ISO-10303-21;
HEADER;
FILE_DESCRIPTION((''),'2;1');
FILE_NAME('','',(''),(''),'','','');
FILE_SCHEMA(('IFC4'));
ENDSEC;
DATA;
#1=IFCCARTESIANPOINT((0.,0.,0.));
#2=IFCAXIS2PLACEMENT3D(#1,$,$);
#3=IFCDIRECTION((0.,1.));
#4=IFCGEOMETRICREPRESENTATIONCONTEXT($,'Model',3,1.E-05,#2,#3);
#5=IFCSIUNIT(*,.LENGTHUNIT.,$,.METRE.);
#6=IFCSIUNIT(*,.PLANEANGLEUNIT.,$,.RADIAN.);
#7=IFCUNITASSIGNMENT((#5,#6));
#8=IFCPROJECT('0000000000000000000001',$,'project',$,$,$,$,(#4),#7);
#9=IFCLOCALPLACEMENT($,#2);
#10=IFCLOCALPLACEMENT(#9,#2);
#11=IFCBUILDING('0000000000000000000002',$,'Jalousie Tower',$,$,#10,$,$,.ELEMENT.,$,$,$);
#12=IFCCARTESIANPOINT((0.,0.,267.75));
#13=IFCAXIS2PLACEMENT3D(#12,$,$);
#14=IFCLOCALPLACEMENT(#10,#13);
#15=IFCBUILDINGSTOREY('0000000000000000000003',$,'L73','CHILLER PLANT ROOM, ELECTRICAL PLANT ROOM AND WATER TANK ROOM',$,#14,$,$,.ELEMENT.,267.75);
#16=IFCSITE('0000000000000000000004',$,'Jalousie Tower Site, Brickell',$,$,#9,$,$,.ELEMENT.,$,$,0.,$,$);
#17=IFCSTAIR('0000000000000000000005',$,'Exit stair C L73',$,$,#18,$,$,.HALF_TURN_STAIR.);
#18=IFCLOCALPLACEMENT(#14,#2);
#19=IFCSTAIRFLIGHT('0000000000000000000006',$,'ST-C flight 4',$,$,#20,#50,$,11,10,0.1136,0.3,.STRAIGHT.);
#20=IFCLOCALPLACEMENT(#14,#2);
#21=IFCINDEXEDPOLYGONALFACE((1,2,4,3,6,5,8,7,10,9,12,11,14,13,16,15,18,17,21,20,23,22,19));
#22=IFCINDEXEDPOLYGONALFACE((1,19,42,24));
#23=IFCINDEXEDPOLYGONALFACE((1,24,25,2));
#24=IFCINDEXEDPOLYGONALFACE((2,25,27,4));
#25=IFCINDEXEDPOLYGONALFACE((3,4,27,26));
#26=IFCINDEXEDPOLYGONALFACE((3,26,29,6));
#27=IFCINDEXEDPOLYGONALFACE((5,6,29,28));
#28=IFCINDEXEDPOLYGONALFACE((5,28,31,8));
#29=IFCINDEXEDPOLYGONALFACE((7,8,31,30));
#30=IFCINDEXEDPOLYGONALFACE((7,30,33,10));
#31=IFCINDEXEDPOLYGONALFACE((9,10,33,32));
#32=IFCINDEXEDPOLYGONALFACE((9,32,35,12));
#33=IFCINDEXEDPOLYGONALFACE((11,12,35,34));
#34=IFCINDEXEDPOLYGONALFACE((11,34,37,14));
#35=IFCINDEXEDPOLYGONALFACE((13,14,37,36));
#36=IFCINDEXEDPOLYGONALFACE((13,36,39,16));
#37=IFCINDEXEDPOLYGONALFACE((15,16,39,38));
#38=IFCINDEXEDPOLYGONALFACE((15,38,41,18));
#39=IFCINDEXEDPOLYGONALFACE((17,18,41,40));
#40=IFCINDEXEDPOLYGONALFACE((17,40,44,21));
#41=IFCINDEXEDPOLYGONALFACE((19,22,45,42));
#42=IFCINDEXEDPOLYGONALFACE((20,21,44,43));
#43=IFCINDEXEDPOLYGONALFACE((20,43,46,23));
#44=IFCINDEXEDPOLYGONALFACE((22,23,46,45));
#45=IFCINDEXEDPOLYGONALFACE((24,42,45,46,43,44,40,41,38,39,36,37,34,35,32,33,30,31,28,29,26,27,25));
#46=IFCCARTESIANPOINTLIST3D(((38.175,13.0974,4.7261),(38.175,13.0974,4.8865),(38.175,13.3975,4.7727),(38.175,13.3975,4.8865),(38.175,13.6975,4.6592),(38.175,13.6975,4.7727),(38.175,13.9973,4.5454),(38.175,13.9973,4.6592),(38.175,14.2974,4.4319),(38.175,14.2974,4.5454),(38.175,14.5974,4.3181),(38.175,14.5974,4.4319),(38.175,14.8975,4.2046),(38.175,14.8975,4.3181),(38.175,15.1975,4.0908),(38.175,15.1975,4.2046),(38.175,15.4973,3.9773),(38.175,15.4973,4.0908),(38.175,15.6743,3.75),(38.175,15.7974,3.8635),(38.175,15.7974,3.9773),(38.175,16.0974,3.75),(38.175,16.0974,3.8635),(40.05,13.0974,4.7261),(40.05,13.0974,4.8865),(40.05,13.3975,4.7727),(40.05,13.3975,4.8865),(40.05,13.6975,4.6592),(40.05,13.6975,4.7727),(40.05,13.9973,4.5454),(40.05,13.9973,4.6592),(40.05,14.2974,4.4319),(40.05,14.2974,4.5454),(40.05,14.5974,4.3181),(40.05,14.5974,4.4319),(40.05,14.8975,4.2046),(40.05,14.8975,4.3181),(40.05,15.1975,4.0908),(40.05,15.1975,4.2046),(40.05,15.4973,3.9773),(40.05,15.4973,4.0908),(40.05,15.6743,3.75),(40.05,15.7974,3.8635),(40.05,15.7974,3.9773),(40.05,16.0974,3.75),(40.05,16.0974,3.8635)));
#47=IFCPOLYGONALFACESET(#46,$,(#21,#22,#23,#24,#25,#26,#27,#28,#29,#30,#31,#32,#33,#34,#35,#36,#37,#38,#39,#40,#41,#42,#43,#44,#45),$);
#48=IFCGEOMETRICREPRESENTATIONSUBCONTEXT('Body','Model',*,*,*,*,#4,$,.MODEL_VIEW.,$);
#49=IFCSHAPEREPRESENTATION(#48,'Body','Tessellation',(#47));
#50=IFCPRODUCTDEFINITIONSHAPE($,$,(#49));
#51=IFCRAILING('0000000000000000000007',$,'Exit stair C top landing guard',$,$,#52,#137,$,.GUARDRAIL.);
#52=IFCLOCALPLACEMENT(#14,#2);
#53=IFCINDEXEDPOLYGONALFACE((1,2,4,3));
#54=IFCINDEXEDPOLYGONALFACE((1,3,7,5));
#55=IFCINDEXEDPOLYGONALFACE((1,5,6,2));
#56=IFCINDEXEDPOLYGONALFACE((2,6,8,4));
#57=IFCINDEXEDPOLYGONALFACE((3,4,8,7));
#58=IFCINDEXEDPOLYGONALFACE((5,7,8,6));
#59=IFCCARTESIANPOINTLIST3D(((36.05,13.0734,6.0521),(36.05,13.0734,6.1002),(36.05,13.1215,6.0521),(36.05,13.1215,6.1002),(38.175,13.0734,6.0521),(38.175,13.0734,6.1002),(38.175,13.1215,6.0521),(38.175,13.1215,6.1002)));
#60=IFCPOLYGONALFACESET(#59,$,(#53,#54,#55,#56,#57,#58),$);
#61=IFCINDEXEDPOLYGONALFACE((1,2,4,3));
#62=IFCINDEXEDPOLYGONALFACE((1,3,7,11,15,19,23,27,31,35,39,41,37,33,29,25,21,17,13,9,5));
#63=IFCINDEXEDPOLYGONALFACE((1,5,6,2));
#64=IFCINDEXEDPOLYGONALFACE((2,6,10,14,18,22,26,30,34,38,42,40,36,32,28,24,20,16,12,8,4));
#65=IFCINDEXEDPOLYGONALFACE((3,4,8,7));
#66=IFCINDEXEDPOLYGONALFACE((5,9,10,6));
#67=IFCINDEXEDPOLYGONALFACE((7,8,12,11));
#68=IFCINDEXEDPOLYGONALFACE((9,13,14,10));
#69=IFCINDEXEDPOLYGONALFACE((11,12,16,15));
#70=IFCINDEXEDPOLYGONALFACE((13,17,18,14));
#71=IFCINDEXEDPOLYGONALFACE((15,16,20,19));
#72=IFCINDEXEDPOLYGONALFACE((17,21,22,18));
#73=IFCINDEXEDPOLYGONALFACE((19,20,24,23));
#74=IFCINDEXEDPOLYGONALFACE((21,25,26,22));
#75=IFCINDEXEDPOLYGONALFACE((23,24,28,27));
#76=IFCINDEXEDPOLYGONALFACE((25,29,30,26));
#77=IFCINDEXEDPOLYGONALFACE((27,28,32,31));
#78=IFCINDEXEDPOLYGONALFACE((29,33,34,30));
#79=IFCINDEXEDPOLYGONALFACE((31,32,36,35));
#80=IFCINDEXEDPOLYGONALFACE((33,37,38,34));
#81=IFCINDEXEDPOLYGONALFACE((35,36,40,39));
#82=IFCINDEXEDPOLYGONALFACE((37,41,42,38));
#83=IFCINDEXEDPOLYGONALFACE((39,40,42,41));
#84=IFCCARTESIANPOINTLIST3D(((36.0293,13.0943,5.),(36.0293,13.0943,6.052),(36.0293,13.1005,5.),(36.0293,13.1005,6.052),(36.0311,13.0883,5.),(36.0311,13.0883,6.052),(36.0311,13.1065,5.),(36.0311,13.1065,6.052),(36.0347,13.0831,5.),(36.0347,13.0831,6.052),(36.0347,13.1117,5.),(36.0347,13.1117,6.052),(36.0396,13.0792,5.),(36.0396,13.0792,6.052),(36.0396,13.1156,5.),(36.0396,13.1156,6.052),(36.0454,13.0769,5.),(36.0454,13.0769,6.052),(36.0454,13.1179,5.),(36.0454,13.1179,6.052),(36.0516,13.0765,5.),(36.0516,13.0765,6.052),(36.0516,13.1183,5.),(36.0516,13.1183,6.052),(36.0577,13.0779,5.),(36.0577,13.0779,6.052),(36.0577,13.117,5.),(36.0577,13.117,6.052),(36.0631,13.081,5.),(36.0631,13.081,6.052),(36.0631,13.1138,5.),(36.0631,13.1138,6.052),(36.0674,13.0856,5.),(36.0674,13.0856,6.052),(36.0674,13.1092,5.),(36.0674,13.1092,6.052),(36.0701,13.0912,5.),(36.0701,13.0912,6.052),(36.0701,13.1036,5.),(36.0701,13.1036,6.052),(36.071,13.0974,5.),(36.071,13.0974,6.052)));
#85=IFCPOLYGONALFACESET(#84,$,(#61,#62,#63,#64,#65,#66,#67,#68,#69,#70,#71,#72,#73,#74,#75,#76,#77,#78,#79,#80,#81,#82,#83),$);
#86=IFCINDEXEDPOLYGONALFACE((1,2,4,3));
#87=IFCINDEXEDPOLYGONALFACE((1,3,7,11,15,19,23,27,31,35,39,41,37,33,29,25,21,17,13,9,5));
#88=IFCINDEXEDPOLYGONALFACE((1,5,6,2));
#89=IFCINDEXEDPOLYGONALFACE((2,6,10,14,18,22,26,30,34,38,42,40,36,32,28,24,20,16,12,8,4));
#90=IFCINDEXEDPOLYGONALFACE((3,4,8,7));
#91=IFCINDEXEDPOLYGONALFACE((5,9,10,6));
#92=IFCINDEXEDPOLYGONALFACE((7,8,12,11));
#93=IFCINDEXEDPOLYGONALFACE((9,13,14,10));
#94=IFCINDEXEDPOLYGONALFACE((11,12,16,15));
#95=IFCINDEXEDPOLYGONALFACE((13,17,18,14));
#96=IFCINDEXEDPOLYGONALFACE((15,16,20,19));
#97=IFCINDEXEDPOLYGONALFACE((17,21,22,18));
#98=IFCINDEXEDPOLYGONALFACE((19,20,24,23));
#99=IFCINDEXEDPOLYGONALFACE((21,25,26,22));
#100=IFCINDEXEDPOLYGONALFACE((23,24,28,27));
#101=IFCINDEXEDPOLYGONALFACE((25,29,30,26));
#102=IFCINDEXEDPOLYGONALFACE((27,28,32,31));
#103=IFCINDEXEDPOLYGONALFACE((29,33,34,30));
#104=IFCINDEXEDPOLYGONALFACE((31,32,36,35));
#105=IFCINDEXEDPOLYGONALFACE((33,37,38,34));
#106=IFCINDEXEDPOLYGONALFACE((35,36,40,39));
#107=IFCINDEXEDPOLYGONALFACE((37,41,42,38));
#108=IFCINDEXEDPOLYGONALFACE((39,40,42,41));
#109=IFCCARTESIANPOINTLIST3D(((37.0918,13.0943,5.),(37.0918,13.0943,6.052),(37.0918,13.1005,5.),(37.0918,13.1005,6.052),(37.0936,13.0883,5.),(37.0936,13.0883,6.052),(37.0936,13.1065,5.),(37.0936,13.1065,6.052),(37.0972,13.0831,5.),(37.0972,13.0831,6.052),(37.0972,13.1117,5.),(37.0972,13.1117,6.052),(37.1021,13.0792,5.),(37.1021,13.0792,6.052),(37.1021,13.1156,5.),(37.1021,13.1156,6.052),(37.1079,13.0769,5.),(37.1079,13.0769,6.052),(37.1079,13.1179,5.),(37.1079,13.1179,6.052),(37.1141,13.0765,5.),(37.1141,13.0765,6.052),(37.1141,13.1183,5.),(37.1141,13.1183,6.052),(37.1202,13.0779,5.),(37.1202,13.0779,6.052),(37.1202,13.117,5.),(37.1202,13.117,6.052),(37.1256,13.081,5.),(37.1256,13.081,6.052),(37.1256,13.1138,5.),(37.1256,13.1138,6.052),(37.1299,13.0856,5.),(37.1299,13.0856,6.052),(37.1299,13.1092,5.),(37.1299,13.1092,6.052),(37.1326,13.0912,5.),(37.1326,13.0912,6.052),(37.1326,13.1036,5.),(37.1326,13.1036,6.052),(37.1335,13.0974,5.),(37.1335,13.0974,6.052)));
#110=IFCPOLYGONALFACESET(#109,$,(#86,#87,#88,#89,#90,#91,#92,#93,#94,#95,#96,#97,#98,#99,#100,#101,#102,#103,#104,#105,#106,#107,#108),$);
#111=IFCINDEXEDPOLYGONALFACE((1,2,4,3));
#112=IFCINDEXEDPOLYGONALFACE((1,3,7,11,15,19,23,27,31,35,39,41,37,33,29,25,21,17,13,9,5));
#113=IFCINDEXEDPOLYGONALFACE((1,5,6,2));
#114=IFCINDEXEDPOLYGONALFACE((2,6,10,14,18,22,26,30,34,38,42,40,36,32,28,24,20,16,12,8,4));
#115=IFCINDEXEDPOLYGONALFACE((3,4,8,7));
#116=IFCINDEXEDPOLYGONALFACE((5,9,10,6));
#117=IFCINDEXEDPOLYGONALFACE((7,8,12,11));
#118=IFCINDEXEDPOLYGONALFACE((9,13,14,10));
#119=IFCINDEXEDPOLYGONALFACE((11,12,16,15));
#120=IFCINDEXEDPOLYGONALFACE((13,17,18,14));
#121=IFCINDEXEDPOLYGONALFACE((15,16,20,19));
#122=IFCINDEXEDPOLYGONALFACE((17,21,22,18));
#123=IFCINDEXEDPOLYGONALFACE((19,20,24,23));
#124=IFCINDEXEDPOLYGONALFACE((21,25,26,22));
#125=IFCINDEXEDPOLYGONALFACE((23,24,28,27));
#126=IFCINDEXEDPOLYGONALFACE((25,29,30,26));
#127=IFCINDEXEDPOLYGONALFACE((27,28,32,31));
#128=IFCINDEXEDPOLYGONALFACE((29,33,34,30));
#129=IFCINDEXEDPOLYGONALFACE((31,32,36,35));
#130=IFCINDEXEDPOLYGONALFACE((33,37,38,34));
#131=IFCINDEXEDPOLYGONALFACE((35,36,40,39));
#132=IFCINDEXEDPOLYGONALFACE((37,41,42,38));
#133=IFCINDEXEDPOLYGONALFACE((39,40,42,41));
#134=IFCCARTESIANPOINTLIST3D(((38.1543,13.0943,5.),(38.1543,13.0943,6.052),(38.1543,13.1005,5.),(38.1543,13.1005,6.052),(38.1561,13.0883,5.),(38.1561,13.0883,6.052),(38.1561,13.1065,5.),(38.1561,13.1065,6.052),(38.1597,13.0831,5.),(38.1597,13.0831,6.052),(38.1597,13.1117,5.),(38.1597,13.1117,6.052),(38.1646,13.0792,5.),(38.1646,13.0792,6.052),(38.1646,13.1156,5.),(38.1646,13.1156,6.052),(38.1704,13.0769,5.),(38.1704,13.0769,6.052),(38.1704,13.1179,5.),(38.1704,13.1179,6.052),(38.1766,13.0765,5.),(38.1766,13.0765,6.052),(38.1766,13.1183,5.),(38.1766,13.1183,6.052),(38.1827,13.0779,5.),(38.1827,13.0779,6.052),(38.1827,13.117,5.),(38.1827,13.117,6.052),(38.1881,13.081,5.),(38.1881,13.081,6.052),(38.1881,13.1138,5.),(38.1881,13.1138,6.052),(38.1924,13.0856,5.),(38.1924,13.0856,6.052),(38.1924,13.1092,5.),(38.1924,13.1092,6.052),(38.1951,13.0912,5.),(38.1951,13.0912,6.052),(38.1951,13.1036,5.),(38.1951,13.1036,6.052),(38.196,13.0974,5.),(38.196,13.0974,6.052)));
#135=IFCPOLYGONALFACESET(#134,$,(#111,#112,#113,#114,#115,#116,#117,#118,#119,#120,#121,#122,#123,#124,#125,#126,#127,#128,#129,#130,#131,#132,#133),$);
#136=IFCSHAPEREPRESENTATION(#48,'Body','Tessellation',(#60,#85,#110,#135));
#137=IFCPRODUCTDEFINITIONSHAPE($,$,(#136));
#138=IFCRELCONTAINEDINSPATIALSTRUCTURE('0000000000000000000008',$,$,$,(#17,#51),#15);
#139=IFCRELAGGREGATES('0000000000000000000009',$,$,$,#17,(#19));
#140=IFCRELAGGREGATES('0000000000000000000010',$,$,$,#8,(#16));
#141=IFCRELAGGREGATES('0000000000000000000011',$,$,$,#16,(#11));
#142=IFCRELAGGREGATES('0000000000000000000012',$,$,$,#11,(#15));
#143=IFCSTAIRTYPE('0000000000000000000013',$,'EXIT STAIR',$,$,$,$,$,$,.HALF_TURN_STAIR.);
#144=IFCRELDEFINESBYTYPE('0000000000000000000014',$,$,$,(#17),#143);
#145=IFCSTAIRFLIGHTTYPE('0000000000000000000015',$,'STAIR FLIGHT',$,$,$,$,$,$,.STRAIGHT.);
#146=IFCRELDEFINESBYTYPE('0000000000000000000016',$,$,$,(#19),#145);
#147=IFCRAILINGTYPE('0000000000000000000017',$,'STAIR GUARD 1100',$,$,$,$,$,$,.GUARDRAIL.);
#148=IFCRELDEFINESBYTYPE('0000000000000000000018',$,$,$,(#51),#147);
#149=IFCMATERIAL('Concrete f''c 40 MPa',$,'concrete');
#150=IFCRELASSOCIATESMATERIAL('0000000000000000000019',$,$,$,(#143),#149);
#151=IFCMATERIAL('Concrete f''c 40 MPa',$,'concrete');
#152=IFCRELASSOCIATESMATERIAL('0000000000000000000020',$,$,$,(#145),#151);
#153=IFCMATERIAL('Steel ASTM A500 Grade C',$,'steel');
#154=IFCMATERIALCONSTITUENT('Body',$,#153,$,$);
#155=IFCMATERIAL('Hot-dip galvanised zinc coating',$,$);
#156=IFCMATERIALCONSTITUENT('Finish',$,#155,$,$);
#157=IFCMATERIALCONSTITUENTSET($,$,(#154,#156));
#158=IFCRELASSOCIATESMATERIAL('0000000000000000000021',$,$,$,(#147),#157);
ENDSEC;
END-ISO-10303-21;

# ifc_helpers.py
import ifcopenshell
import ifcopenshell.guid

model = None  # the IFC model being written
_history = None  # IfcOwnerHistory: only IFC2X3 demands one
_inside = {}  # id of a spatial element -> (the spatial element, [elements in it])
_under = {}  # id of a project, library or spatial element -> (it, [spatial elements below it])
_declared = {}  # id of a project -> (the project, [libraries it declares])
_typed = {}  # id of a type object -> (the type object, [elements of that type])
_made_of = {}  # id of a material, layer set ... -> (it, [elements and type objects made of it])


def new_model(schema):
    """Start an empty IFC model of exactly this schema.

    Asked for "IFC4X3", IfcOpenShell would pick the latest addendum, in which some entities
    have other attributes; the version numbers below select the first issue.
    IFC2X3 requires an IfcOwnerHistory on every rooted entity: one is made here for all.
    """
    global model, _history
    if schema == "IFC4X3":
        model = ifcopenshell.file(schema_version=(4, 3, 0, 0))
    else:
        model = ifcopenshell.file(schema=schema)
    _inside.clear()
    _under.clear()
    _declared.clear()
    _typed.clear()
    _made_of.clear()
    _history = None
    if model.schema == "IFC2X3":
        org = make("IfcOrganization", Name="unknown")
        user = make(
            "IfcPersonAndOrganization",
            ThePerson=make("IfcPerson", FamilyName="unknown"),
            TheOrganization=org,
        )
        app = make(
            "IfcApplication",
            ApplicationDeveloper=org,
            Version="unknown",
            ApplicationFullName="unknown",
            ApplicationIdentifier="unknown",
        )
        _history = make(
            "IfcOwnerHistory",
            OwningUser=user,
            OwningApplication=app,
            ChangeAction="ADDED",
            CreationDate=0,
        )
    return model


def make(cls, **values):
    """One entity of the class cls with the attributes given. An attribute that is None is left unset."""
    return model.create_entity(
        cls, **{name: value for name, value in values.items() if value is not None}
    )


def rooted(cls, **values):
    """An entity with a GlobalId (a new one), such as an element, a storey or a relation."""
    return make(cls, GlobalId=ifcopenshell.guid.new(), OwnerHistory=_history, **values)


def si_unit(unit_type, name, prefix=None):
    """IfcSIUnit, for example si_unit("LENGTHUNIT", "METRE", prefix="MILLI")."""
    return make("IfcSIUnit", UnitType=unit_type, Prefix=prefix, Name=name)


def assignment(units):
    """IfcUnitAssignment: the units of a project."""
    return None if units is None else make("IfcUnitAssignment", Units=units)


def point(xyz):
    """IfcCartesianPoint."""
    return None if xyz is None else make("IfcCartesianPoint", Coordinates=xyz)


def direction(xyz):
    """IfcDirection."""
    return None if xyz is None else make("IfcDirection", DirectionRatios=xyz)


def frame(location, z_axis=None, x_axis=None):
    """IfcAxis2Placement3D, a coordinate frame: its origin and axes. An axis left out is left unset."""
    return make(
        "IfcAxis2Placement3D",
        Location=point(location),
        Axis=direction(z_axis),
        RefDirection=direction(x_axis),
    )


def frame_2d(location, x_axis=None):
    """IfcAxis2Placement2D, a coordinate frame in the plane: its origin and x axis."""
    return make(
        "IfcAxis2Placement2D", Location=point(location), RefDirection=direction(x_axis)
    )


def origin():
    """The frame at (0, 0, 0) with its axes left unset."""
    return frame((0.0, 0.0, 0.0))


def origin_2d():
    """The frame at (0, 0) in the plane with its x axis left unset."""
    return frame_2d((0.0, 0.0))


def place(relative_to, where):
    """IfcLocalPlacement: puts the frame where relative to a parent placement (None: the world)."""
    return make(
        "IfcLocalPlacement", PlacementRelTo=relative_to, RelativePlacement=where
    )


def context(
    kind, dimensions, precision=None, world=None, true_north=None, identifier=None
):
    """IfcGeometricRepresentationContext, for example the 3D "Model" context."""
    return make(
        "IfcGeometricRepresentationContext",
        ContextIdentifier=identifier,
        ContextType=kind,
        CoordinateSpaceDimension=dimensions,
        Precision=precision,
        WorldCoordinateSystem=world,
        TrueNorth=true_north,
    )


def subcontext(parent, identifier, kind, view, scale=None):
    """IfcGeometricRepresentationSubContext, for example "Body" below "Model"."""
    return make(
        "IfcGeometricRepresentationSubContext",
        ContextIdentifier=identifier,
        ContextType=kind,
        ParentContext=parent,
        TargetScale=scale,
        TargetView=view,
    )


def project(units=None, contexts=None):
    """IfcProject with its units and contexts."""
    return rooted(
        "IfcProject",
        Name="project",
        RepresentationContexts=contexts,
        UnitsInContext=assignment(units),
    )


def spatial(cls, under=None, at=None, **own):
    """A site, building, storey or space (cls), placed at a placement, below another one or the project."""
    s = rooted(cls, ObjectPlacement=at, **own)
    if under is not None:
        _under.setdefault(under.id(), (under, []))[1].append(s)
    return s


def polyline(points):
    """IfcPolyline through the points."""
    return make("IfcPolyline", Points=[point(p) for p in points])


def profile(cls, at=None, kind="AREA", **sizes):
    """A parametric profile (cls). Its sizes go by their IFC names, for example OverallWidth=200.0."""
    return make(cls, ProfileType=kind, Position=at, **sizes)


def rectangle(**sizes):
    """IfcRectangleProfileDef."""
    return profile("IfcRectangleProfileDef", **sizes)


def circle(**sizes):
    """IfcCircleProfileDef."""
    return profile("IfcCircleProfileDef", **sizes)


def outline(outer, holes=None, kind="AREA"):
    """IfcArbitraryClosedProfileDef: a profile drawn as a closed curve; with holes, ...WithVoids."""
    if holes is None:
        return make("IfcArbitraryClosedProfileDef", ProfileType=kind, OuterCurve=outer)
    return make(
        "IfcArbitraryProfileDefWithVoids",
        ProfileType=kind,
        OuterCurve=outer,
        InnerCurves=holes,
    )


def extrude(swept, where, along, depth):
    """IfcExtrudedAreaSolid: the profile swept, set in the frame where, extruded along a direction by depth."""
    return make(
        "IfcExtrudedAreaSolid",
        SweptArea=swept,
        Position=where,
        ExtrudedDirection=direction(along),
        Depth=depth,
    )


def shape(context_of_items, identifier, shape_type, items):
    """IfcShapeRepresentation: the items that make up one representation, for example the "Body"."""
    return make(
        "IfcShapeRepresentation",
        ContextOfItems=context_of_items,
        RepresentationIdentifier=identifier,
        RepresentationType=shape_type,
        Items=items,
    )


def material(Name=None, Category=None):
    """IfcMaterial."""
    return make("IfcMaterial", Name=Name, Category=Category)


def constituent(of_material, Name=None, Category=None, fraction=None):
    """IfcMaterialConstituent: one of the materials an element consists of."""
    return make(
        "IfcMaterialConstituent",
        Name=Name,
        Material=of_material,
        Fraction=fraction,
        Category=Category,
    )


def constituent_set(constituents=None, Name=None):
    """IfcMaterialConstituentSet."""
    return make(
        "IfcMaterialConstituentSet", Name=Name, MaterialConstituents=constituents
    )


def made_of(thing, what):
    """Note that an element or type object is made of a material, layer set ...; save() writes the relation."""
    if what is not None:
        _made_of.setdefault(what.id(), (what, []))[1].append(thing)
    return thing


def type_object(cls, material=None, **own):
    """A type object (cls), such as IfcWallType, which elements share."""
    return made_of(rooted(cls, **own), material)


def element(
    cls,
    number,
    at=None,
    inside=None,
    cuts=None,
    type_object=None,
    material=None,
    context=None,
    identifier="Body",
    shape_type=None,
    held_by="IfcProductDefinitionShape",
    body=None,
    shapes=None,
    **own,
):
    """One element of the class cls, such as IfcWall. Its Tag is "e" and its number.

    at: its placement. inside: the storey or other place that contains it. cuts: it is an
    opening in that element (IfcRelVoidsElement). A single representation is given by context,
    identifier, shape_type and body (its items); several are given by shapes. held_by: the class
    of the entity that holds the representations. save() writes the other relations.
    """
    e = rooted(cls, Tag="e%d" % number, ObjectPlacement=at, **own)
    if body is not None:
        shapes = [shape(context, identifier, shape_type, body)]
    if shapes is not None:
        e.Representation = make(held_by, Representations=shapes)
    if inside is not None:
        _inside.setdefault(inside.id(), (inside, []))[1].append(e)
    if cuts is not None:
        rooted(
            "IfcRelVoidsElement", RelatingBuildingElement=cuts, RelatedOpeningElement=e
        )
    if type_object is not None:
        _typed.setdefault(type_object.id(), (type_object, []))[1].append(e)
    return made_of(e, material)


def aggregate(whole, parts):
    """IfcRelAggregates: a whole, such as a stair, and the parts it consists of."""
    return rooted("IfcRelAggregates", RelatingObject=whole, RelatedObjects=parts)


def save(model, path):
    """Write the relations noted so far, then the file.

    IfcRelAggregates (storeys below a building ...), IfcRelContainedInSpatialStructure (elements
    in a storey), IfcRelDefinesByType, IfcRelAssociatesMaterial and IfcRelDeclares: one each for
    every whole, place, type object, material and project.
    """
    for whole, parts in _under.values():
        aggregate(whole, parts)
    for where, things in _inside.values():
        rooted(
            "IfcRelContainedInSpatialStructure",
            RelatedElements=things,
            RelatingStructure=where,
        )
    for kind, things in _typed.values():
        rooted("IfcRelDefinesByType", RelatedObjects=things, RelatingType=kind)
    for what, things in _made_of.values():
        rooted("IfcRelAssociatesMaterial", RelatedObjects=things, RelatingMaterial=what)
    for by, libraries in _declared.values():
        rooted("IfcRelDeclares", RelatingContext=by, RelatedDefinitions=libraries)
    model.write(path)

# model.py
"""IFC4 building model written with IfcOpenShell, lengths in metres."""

from ifc_helpers import new_model, si_unit, direction, frame, origin, origin_2d, place, context, subcontext, project, spatial, polyline, rectangle, circle, outline, extrude, material, constituent, constituent_set, type_object, element, aggregate, save


model = new_model("IFC4")

# Units and contexts
model_context = context("Model", 3, precision=1e-05, world=origin(), true_north=direction((0.0, 1.0)))
body_context = subcontext(model_context, "Body", "Model", "MODEL_VIEW")
ifc_project = project(units=[si_unit("LENGTHUNIT", "METRE"), si_unit("PLANEANGLEUNIT", "RADIAN")], contexts=[model_context])

# Site, building, storey
site_placement = place(None, origin())
site = spatial("IfcSite", under=ifc_project, at=site_placement, Name="Jalousie Tower Site, Brickell", CompositionType="ELEMENT", RefElevation=0.0)
building_placement = place(site_placement, origin())
building = spatial("IfcBuilding", under=site, at=building_placement, Name="Jalousie Tower", CompositionType="ELEMENT")
storey_placement = place(building_placement, frame((0.0, 0.0, 267.75)))
storey = spatial("IfcBuildingStorey", under=building, at=storey_placement, Name="L73", Description="CHILLER PLANT ROOM, ELECTRICAL PLANT ROOM AND WATER TANK ROOM", CompositionType="ELEMENT", Elevation=267.75)

# Stair, stair flight
ifc_material_1 = material(Name="Concrete f'c 40 MPa", Category="concrete")
stair_type = type_object("IfcStairType", Name="EXIT STAIR", PredefinedType="HALF_TURN_STAIR", material=ifc_material_1)
stair_placement = place(storey_placement, origin())
stair = element("IfcStair", 1, at=stair_placement, inside=storey, type_object=stair_type, Name="Exit stair C L73", PredefinedType="HALF_TURN_STAIR")
ifc_material_2 = material(Name="Concrete f'c 40 MPa", Category="concrete")
stair_flight_type = type_object("IfcStairFlightType", Name="STAIR FLIGHT", PredefinedType="STRAIGHT", material=ifc_material_2)
stair_flight_1_placement = place(storey_placement, frame((39.1125, 16.0974, 3.75), z_axis=(0.0, 0.0, 1.0), x_axis=(0.0, -1.0, 0.0)))
stair_flight_1 = element("IfcStairFlight", 2, at=stair_flight_1_placement, type_object=stair_flight_type, Name="ST-C flight 4", NumberOfRisers=11, NumberOfTreads=10, PredefinedType="STRAIGHT", RiserHeight=0.1136, TreadLength=0.3, context=body_context, shape_type="SweptSolid", body=[
    extrude(outline(polyline([(0.0, 0.0), (0.0, 0.1135), (0.3, 0.1135), (0.3, 0.2273), (0.6001, 0.2273), (0.6001, 0.3408), (0.8999, 0.3408), (0.8999, 0.4546), (1.2, 0.4546), (1.2, 0.5681), (1.5, 0.5681), (1.5, 0.6819), (1.8, 0.6819), (1.8, 0.7954), (2.1001, 0.7954), (2.1001, 0.9092), (2.3999, 0.9092), (2.3999, 1.0227), (2.7, 1.0227), (2.7, 1.1365), (3.0, 1.1365), (3.0, 1.25), (3.0, 0.9761), (0.4231, 0.0), (0.0, 0.0)])), frame((0.0, 0.9375, 0.0), z_axis=(0.0, -1.0, 0.0), x_axis=(1.0, 0.0, 0.0)), (0.0, 0.0, 1.0), 1.875),
])
aggregate(stair, [stair_flight_1])

# Railing
ifc_material_3 = material(Name="Steel ASTM A500 Grade C", Category="steel")
ifc_constituent_1 = constituent(ifc_material_3, Name="Body")
ifc_material_4 = material(Name="Hot-dip galvanised zinc coating")
ifc_constituent_2 = constituent(ifc_material_4, Name="Finish")
ifc_constituent_set_1 = constituent_set(constituents=[ifc_constituent_1, ifc_constituent_2])
railing_type_1 = type_object("IfcRailingType", Name="STAIR GUARD 1100", PredefinedType="GUARDRAIL", material=ifc_constituent_set_1)
railing_1_placement = place(storey_placement, frame((36.05, 13.0974, 5.0)))
element("IfcRailing", 3, at=railing_1_placement, inside=storey, type_object=railing_type_1, Name="Exit stair C top landing guard", PredefinedType="GUARDRAIL", context=body_context, shape_type="SweptSolid", body=[
    extrude(rectangle(XDim=0.0481, YDim=0.0481, at=origin_2d()), frame((0.0, 0.0, 1.0762), z_axis=(1.0, 0.0, 0.0), x_axis=(0.0, 1.0, 0.0)), (0.0, 0.0, 1.0), 2.125),
    extrude(circle(Radius=0.021, at=origin_2d()), origin(), (0.0, 0.0, 1.0), 1.052),
    extrude(circle(Radius=0.021, at=origin_2d()), frame((1.0625, 0.0, 0.0)), (0.0, 0.0, 1.0), 1.052),
    extrude(circle(Radius=0.021, at=origin_2d()), frame((2.125, 0.0, 0.0)), (0.0, 0.0, 1.0), 1.052),
])

save(model, "model.ifc")
